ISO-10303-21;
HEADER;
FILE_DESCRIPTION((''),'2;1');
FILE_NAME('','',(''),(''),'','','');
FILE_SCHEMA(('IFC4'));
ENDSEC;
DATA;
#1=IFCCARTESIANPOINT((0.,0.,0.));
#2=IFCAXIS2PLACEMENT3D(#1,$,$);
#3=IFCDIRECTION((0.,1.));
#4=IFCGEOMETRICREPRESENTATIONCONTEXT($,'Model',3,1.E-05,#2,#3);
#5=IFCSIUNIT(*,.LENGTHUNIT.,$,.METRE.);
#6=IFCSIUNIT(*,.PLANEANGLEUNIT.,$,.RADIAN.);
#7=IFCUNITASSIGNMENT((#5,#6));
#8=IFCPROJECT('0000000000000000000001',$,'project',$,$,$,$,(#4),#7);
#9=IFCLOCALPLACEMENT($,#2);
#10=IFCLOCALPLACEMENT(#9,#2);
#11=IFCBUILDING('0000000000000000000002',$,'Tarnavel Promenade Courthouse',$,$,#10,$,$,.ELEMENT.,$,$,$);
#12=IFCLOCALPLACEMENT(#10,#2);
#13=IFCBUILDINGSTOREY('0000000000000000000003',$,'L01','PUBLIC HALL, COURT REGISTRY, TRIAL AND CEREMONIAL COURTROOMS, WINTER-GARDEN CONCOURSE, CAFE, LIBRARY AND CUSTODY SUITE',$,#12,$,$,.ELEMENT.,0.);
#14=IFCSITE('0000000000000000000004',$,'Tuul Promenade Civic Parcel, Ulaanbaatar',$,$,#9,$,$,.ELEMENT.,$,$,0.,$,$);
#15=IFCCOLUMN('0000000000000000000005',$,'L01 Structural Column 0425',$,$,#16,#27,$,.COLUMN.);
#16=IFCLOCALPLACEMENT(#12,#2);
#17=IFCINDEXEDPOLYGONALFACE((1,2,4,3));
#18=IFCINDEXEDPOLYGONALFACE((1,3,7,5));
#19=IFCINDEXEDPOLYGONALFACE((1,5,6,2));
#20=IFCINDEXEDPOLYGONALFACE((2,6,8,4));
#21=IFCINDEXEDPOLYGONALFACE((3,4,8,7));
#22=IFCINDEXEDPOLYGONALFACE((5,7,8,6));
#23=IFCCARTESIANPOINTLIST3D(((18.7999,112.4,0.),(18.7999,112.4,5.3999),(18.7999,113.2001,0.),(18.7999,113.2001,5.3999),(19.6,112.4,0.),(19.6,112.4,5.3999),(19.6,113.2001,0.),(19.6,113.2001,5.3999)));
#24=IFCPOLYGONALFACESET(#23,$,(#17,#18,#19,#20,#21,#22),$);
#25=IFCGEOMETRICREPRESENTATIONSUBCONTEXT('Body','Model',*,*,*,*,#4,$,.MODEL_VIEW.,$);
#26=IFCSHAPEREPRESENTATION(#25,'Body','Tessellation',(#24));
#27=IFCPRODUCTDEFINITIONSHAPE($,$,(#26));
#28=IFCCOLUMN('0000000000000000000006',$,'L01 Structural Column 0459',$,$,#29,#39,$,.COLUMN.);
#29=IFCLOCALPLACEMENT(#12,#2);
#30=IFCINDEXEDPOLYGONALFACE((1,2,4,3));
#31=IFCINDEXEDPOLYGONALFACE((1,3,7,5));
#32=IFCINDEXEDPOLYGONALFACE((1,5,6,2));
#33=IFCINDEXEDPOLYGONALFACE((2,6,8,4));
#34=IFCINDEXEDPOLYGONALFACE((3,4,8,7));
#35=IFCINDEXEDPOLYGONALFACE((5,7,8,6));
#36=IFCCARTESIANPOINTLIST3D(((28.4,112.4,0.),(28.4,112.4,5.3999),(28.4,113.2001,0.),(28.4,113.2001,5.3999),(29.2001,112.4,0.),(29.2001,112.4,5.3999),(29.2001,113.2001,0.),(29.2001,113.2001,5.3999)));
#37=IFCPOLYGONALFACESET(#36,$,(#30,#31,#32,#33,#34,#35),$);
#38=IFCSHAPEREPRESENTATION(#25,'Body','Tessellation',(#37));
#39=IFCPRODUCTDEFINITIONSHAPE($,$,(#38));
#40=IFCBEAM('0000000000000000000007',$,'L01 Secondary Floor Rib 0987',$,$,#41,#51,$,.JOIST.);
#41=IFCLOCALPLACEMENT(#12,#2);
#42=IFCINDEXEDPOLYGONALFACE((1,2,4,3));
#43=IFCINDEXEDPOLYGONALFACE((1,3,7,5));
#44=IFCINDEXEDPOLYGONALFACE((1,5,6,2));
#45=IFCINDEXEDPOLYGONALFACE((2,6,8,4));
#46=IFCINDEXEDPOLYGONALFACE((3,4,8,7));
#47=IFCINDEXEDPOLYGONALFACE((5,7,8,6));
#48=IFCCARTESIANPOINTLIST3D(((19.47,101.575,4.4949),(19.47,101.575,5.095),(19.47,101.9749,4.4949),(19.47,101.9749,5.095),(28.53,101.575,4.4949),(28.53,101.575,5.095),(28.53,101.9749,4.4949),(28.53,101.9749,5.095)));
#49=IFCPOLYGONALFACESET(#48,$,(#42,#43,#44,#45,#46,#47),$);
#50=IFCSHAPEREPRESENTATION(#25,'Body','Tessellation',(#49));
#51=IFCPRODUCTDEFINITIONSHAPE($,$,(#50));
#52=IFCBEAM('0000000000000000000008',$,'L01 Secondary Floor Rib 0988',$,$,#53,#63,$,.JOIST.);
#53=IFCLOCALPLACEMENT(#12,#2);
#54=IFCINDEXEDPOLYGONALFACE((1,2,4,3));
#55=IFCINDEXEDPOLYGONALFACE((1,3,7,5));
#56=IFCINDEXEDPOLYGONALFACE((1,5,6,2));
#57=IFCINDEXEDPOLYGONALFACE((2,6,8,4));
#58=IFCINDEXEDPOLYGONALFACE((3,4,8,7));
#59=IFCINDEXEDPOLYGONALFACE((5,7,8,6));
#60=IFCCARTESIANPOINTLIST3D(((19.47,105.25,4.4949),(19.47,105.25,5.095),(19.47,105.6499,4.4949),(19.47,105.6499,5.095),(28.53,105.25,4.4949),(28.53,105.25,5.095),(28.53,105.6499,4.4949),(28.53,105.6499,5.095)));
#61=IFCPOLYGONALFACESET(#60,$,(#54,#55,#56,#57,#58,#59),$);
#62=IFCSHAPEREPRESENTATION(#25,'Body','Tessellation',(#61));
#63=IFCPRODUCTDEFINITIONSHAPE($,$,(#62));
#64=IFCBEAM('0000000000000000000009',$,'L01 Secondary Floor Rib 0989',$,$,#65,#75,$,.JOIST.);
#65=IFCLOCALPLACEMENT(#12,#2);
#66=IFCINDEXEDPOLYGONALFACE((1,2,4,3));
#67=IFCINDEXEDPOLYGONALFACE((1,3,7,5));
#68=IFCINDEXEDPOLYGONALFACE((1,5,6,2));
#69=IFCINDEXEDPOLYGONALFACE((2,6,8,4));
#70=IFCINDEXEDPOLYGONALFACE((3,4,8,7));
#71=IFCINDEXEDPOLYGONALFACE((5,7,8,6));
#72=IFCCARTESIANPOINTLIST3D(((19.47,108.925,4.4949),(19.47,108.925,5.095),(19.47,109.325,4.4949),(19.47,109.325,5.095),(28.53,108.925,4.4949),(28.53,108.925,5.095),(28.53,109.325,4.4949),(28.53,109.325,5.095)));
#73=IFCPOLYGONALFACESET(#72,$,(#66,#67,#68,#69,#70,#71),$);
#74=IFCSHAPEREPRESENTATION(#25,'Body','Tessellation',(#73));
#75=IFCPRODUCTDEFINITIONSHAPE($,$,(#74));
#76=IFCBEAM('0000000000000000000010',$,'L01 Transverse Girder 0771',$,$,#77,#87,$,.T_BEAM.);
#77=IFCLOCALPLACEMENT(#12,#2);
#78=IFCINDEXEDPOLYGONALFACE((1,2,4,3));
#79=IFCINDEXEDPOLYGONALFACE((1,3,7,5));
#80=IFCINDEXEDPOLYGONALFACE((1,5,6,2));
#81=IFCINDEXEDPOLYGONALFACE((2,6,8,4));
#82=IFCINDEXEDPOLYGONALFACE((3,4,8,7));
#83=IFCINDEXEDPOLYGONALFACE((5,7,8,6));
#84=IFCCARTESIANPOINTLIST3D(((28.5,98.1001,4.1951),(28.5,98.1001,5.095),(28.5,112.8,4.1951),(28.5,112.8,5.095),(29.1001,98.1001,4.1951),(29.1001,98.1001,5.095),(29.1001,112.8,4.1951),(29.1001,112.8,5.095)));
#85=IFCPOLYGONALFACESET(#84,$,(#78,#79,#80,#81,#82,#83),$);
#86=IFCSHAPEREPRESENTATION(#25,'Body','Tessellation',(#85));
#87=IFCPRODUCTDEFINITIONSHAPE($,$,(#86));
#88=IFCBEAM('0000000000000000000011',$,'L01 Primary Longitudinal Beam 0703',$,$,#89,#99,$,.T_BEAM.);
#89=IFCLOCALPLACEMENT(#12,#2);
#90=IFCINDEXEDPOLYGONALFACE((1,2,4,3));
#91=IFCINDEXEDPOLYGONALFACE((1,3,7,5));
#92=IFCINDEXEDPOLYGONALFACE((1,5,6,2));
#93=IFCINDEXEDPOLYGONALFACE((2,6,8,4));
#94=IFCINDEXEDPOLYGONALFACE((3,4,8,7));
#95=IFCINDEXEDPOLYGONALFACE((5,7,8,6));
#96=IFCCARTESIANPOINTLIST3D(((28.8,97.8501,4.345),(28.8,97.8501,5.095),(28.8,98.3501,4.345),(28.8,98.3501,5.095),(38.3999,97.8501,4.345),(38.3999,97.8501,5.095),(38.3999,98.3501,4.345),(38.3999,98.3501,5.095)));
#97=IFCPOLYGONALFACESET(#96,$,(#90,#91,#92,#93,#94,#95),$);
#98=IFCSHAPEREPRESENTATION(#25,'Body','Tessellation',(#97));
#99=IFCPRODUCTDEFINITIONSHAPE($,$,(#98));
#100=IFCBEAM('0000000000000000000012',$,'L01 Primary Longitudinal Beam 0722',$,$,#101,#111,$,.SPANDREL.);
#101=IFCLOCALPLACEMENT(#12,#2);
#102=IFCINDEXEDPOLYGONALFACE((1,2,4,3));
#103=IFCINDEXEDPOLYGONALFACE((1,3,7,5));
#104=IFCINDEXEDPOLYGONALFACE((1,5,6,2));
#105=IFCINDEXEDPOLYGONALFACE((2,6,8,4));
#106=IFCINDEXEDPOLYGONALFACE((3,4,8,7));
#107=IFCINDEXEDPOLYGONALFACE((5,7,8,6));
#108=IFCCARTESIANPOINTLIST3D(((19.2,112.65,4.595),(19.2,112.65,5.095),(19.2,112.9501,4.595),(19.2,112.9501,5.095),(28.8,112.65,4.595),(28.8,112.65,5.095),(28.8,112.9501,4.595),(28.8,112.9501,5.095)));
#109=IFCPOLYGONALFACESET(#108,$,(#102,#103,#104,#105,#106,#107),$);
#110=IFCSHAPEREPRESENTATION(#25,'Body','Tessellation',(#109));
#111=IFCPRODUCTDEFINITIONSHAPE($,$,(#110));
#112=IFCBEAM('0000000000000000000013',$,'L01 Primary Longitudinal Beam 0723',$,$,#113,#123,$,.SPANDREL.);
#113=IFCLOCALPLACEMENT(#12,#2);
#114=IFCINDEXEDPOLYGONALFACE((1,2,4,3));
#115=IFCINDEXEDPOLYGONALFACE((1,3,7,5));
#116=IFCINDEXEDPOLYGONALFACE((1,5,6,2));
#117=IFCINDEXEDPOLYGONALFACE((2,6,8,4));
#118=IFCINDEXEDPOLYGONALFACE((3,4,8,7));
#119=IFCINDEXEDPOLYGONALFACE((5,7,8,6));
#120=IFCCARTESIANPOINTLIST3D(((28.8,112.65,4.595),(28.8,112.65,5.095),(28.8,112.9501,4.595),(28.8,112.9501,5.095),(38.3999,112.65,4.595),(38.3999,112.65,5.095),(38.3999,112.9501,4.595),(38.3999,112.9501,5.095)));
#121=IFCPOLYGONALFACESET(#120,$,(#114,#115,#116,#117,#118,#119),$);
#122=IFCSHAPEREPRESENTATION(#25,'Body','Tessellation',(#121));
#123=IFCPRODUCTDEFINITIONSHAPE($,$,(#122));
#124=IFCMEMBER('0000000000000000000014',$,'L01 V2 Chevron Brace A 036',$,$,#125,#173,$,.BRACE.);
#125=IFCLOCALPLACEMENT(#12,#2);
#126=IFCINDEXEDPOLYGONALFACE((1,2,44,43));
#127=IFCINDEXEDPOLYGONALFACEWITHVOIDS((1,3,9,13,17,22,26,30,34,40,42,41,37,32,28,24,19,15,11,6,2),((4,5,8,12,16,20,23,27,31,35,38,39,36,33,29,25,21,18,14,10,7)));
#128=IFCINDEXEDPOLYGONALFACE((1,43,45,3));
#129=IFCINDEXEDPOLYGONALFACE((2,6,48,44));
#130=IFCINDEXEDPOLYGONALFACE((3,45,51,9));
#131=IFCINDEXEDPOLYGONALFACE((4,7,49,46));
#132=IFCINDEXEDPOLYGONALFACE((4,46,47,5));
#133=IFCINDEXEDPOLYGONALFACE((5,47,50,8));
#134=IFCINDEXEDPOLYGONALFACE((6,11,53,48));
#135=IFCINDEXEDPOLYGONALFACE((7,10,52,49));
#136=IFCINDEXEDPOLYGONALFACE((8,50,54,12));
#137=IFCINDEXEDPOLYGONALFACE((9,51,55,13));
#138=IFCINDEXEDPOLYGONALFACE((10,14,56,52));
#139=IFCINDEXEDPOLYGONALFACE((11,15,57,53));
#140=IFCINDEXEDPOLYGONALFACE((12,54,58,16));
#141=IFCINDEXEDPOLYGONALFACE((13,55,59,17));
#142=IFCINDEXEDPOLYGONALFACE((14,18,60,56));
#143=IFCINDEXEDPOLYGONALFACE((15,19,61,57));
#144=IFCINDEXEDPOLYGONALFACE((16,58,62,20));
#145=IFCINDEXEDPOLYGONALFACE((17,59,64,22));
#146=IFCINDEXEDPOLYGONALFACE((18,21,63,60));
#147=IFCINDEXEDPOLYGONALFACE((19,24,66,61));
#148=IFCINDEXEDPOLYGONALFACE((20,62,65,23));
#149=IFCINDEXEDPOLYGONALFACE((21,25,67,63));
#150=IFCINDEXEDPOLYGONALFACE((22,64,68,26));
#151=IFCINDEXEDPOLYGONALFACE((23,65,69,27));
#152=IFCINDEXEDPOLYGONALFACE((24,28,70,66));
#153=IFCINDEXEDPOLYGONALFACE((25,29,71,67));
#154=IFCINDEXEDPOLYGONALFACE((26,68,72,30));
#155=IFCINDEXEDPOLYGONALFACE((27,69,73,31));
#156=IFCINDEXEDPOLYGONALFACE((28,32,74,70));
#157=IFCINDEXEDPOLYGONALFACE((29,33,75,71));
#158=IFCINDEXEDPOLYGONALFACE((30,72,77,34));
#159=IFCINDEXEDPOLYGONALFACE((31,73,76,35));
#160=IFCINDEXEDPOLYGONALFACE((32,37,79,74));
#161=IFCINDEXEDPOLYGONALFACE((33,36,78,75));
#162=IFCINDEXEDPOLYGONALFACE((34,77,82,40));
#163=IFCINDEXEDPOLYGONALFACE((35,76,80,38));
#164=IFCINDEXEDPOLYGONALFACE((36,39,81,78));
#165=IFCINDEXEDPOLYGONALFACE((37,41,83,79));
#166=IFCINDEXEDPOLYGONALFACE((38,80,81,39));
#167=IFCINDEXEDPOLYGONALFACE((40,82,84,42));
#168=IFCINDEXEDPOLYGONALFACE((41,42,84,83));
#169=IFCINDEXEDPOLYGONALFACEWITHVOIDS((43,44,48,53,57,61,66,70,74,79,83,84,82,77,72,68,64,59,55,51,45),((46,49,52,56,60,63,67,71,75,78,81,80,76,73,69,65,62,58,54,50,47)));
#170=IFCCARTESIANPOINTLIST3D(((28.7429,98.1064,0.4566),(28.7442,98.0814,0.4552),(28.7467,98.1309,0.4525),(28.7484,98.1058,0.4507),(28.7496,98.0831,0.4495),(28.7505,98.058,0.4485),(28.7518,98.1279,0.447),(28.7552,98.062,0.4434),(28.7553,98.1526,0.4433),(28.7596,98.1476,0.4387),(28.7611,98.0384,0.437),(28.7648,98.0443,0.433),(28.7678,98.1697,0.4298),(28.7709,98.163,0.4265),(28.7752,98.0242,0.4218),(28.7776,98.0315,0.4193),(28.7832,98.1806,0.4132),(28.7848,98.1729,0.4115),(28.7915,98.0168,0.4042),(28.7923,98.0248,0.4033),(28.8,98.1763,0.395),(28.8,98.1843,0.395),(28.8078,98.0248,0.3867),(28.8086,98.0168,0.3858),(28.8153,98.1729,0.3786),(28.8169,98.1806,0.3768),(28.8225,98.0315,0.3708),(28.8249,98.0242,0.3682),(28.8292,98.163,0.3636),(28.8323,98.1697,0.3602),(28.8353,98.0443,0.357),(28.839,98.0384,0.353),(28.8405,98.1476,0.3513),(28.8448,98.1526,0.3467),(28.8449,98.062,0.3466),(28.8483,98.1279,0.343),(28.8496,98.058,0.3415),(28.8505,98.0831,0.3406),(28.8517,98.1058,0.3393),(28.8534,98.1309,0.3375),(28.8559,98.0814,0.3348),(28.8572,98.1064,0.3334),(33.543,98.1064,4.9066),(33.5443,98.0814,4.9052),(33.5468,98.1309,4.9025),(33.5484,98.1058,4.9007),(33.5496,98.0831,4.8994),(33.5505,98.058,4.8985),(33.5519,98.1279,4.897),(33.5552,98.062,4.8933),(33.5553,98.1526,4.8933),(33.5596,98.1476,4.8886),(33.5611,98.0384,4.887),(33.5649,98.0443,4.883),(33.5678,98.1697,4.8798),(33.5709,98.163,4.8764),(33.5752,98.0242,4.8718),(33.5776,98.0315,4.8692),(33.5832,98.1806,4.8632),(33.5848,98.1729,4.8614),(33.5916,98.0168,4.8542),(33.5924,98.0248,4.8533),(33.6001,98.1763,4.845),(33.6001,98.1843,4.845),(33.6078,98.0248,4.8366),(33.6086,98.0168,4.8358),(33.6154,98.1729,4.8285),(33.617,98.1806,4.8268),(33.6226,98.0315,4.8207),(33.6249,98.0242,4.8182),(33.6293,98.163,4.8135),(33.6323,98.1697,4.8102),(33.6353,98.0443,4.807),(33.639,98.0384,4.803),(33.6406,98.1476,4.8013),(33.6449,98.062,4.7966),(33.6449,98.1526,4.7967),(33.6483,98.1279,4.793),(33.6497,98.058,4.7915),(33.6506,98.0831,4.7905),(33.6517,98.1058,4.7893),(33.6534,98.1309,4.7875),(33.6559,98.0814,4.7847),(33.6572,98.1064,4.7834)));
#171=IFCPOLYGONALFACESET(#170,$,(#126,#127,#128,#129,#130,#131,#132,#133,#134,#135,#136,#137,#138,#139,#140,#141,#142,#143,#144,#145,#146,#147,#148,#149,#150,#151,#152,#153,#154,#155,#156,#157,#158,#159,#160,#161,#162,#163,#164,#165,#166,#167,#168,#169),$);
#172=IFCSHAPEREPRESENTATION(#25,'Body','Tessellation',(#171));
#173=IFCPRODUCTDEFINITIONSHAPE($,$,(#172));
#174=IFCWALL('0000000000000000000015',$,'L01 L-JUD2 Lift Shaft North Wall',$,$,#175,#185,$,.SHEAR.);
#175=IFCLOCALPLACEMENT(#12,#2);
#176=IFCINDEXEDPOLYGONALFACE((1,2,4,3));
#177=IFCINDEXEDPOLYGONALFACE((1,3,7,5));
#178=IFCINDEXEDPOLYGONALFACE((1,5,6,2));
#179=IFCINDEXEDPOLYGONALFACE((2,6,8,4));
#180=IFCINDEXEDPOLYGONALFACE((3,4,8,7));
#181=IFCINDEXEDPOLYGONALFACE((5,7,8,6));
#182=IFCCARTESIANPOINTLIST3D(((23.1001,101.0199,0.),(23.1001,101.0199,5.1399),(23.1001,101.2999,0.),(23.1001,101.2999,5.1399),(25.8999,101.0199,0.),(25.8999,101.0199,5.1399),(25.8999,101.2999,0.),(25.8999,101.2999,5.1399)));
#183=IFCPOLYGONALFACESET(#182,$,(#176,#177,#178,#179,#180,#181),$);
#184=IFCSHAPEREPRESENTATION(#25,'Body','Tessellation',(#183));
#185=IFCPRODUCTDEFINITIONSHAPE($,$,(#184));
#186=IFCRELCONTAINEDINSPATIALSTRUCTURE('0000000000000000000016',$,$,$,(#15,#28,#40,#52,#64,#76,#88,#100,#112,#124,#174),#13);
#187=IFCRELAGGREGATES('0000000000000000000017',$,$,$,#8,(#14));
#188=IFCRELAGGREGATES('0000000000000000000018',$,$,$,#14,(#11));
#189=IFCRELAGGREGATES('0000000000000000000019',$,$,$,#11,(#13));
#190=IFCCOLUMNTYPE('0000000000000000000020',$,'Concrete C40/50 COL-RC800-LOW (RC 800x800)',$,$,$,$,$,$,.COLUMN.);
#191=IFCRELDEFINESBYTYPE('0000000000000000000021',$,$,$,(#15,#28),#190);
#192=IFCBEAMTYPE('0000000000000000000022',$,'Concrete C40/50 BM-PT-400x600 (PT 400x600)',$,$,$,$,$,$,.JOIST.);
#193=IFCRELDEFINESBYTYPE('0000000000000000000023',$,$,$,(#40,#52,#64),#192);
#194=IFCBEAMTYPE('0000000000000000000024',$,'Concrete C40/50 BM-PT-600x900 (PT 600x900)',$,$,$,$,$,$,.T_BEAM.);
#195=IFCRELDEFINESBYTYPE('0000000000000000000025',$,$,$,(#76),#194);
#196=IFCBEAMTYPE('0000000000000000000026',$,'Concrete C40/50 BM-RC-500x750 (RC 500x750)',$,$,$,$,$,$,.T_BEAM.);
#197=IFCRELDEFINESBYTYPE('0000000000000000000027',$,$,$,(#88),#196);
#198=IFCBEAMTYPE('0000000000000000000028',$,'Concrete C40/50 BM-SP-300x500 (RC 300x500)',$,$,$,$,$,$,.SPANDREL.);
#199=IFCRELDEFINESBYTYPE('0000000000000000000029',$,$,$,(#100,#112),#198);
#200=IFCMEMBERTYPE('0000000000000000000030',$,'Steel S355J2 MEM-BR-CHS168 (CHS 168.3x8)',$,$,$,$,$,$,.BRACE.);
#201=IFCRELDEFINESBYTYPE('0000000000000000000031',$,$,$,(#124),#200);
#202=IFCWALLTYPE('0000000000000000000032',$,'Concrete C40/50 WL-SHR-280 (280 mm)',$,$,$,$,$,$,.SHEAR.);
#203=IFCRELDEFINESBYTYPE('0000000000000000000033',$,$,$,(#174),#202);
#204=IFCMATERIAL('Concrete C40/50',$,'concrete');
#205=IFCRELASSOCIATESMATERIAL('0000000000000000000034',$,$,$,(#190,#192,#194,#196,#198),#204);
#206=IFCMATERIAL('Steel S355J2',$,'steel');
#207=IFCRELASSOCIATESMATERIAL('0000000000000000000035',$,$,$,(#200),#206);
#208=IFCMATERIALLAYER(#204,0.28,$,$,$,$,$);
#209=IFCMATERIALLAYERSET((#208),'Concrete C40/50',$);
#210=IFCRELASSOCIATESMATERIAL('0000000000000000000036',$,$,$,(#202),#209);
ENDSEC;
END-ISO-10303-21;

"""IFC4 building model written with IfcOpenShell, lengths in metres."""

from ifc_helpers import new_model, si_unit, direction, frame, frame_2d, origin, origin_2d, place, context, subcontext, project, spatial, rectangle, hollow_circle, extrude, material, layer, layer_set, material_profile, profile_set, type_object, element, save


model = new_model("IFC4")

# Units and contexts
model_context = context("Model", 3, precision=1e-05, world=origin(), true_north=direction((0.0, 1.0)))
body_context = subcontext(model_context, "Body", "Model", "MODEL_VIEW")
ifc_project = project(units=[si_unit("LENGTHUNIT", "METRE"), si_unit("PLANEANGLEUNIT", "RADIAN")], contexts=[model_context])

# Site, building, storey
site_placement = place(None, origin())
site = spatial("IfcSite", under=ifc_project, at=site_placement, Name="Tuul Promenade Civic Parcel, Ulaanbaatar", CompositionType="ELEMENT", RefElevation=0.0)
building_placement = place(site_placement, origin())
building = spatial("IfcBuilding", under=site, at=building_placement, Name="Tarnavel Promenade Courthouse", CompositionType="ELEMENT")
storey_placement = place(building_placement, origin())
storey = spatial("IfcBuildingStorey", under=building, at=storey_placement, Name="L01", Description="PUBLIC HALL, COURT REGISTRY, TRIAL AND CEREMONIAL COURTROOMS, WINTER-GARDEN CONCOURSE, CAFE, LIBRARY AND CUSTODY SUITE", CompositionType="ELEMENT", Elevation=0.0)

# Columns
ifc_material_1 = material(Name="Concrete C40/50", Category="concrete")
ifc_material_profile_1 = material_profile(ifc_material_1, rectangle(XDim=0.8, YDim=0.8, at=origin_2d()), Name="RC 800x800")
ifc_profile_set_1 = profile_set([ifc_material_profile_1], Name="Concrete C40/50")
column_type = type_object("IfcColumnType", Name="Concrete C40/50 COL-RC800-LOW (RC 800x800)", PredefinedType="COLUMN", material=ifc_profile_set_1)
for number, where, z_axis, x_axis, name in (
    (1, (19.2, 112.8, 0.0), (0.0, 0.0, 1.0), (1.0, 0.0, 0.0), "L01 Structural Column 0425"),
    (2, (28.8, 112.8, 0.0), (0.0, 0.0, 1.0), (1.0, 0.0, 0.0), "L01 Structural Column 0459"),
):
    element("IfcColumn", number, at=place(storey_placement, frame(where, z_axis=z_axis, x_axis=x_axis)), inside=storey, type_object=column_type, Name=name, PredefinedType="COLUMN", context=body_context, shape_type="SweptSolid", body=[
        extrude(rectangle(XDim=0.8, YDim=0.8, at=origin_2d()), origin(), (0.0, 0.0, 1.0), 5.3999),
    ])

# Beams
ifc_material_profile_2 = material_profile(ifc_material_1, rectangle(XDim=0.3999, YDim=0.6001, at=origin_2d()), Name="PT 400x600")
ifc_profile_set_2 = profile_set([ifc_material_profile_2], Name="Concrete C40/50")
beam_type_1 = type_object("IfcBeamType", Name="Concrete C40/50 BM-PT-400x600 (PT 400x600)", PredefinedType="JOIST", material=ifc_profile_set_2)
for number, where, z_axis, x_axis, name in (
    (3, (19.47, 101.7749, 4.7949), (1.0, 0.0, 0.0), (0.0, 1.0, 0.0), "L01 Secondary Floor Rib 0987"),
    (4, (19.47, 105.45, 4.7949), (1.0, 0.0, 0.0), (0.0, 1.0, 0.0), "L01 Secondary Floor Rib 0988"),
    (5, (19.47, 109.125, 4.7949), (1.0, 0.0, 0.0), (0.0, 1.0, 0.0), "L01 Secondary Floor Rib 0989"),
):
    element("IfcBeam", number, at=place(storey_placement, frame(where, z_axis=z_axis, x_axis=x_axis)), inside=storey, type_object=beam_type_1, Name=name, PredefinedType="JOIST", context=body_context, shape_type="SweptSolid", body=[
        extrude(rectangle(XDim=0.3999, YDim=0.6001, at=origin_2d()), origin(), (0.0, 0.0, 1.0), 9.0601),
    ])
ifc_material_profile_3 = material_profile(ifc_material_1, rectangle(XDim=0.6001, YDim=0.8999, at=origin_2d()), Name="PT 600x900")
ifc_profile_set_3 = profile_set([ifc_material_profile_3], Name="Concrete C40/50")
beam_type_2 = type_object("IfcBeamType", Name="Concrete C40/50 BM-PT-600x900 (PT 600x900)", PredefinedType="T_BEAM", material=ifc_profile_set_3)
beam_1_placement = place(storey_placement, frame((28.8, 98.1001, 4.645), z_axis=(0.0, 1.0, 0.0), x_axis=(-1.0, 0.0, 0.0)))
element("IfcBeam", 6, at=beam_1_placement, inside=storey, type_object=beam_type_2, Name="L01 Transverse Girder 0771", PredefinedType="T_BEAM", context=body_context, shape_type="SweptSolid", body=[
    extrude(rectangle(XDim=0.6001, YDim=0.8999, at=origin_2d()), origin(), (0.0, 0.0, 1.0), 14.7),
])
ifc_material_profile_4 = material_profile(ifc_material_1, rectangle(XDim=0.5, YDim=0.75, at=origin_2d()), Name="RC 500x750")
ifc_profile_set_4 = profile_set([ifc_material_profile_4], Name="Concrete C40/50")
beam_type_3 = type_object("IfcBeamType", Name="Concrete C40/50 BM-RC-500x750 (RC 500x750)", PredefinedType="T_BEAM", material=ifc_profile_set_4)
beam_2_placement = place(storey_placement, frame((28.8, 98.1001, 4.72), z_axis=(1.0, 0.0, 0.0), x_axis=(0.0, 1.0, 0.0)))
element("IfcBeam", 7, at=beam_2_placement, inside=storey, type_object=beam_type_3, Name="L01 Primary Longitudinal Beam 0703", PredefinedType="T_BEAM", context=body_context, shape_type="SweptSolid", body=[
    extrude(rectangle(XDim=0.5, YDim=0.75, at=origin_2d()), origin(), (0.0, 0.0, 1.0), 9.5999),
])
ifc_material_profile_5 = material_profile(ifc_material_1, rectangle(XDim=0.3, YDim=0.5, at=origin_2d()), Name="RC 300x500")
ifc_profile_set_5 = profile_set([ifc_material_profile_5], Name="Concrete C40/50")
beam_type_4 = type_object("IfcBeamType", Name="Concrete C40/50 BM-SP-300x500 (RC 300x500)", PredefinedType="SPANDREL", material=ifc_profile_set_5)
beam_3_placement = place(storey_placement, frame((19.2, 112.8, 4.845), z_axis=(1.0, 0.0, 0.0), x_axis=(0.0, 1.0, 0.0)))
element("IfcBeam", 8, at=beam_3_placement, inside=storey, type_object=beam_type_4, Name="L01 Primary Longitudinal Beam 0722", PredefinedType="SPANDREL", context=body_context, shape_type="SweptSolid", body=[
    extrude(rectangle(XDim=0.3, YDim=0.5, at=origin_2d()), origin(), (0.0, 0.0, 1.0), 9.6001),
])
beam_4_placement = place(storey_placement, frame((28.8, 112.8, 4.845), z_axis=(1.0, 0.0, 0.0), x_axis=(0.0, 1.0, 0.0)))
element("IfcBeam", 9, at=beam_4_placement, inside=storey, type_object=beam_type_4, Name="L01 Primary Longitudinal Beam 0723", PredefinedType="SPANDREL", context=body_context, shape_type="SweptSolid", body=[
    extrude(rectangle(XDim=0.3, YDim=0.5, at=origin_2d()), origin(), (0.0, 0.0, 1.0), 9.5999),
])

# Member
ifc_material_2 = material(Name="Steel S355J2", Category="steel")
ifc_material_profile_6 = material_profile(ifc_material_2, hollow_circle(Radius=0.0842, WallThickness=0.0081, at=origin_2d()), Name="CHS 168.3x8")
ifc_profile_set_6 = profile_set([ifc_material_profile_6], Name="Steel S355J2")
member_type = type_object("IfcMemberType", Name="Steel S355J2 MEM-BR-CHS168 (CHS 168.3x8)", PredefinedType="BRACE", material=ifc_profile_set_6)
member_placement = place(storey_placement, frame((28.8, 98.1001, 0.395), z_axis=(0.733345, 0.0, 0.679857), x_axis=(0.0, 1.0, 0.0)))
element("IfcMember", 10, at=member_placement, inside=storey, type_object=member_type, Name="L01 V2 Chevron Brace A 036", PredefinedType="BRACE", context=body_context, shape_type="SweptSolid", body=[
    extrude(hollow_circle(Radius=0.0842, WallThickness=0.0081, at=origin_2d()), origin(), (0.0, 0.0, 1.0), 6.5454),
])

# Wall
ifc_layer_1 = layer(ifc_material_1, 0.28)
ifc_layer_set_1 = layer_set([ifc_layer_1], Name="Concrete C40/50")
wall_type_1 = type_object("IfcWallType", Name="Concrete C40/50 WL-SHR-280 (280 mm)", PredefinedType="SHEAR", material=ifc_layer_set_1)
wall_1_placement = place(storey_placement, frame((23.1001, 101.1599, 0.0), z_axis=(0.0, 0.0, 1.0), x_axis=(1.0, 0.0, 0.0)))
element("IfcWall", 11, at=wall_1_placement, inside=storey, type_object=wall_type_1, Name="L01 L-JUD2 Lift Shaft North Wall", PredefinedType="SHEAR", context=body_context, shape_type="SweptSolid", body=[
    extrude(rectangle(XDim=2.7998, YDim=0.28, at=frame_2d((1.3999, 0.0))), origin(), (0.0, 0.0, 1.0), 5.1399),
])

save(model, "model.ifc")
